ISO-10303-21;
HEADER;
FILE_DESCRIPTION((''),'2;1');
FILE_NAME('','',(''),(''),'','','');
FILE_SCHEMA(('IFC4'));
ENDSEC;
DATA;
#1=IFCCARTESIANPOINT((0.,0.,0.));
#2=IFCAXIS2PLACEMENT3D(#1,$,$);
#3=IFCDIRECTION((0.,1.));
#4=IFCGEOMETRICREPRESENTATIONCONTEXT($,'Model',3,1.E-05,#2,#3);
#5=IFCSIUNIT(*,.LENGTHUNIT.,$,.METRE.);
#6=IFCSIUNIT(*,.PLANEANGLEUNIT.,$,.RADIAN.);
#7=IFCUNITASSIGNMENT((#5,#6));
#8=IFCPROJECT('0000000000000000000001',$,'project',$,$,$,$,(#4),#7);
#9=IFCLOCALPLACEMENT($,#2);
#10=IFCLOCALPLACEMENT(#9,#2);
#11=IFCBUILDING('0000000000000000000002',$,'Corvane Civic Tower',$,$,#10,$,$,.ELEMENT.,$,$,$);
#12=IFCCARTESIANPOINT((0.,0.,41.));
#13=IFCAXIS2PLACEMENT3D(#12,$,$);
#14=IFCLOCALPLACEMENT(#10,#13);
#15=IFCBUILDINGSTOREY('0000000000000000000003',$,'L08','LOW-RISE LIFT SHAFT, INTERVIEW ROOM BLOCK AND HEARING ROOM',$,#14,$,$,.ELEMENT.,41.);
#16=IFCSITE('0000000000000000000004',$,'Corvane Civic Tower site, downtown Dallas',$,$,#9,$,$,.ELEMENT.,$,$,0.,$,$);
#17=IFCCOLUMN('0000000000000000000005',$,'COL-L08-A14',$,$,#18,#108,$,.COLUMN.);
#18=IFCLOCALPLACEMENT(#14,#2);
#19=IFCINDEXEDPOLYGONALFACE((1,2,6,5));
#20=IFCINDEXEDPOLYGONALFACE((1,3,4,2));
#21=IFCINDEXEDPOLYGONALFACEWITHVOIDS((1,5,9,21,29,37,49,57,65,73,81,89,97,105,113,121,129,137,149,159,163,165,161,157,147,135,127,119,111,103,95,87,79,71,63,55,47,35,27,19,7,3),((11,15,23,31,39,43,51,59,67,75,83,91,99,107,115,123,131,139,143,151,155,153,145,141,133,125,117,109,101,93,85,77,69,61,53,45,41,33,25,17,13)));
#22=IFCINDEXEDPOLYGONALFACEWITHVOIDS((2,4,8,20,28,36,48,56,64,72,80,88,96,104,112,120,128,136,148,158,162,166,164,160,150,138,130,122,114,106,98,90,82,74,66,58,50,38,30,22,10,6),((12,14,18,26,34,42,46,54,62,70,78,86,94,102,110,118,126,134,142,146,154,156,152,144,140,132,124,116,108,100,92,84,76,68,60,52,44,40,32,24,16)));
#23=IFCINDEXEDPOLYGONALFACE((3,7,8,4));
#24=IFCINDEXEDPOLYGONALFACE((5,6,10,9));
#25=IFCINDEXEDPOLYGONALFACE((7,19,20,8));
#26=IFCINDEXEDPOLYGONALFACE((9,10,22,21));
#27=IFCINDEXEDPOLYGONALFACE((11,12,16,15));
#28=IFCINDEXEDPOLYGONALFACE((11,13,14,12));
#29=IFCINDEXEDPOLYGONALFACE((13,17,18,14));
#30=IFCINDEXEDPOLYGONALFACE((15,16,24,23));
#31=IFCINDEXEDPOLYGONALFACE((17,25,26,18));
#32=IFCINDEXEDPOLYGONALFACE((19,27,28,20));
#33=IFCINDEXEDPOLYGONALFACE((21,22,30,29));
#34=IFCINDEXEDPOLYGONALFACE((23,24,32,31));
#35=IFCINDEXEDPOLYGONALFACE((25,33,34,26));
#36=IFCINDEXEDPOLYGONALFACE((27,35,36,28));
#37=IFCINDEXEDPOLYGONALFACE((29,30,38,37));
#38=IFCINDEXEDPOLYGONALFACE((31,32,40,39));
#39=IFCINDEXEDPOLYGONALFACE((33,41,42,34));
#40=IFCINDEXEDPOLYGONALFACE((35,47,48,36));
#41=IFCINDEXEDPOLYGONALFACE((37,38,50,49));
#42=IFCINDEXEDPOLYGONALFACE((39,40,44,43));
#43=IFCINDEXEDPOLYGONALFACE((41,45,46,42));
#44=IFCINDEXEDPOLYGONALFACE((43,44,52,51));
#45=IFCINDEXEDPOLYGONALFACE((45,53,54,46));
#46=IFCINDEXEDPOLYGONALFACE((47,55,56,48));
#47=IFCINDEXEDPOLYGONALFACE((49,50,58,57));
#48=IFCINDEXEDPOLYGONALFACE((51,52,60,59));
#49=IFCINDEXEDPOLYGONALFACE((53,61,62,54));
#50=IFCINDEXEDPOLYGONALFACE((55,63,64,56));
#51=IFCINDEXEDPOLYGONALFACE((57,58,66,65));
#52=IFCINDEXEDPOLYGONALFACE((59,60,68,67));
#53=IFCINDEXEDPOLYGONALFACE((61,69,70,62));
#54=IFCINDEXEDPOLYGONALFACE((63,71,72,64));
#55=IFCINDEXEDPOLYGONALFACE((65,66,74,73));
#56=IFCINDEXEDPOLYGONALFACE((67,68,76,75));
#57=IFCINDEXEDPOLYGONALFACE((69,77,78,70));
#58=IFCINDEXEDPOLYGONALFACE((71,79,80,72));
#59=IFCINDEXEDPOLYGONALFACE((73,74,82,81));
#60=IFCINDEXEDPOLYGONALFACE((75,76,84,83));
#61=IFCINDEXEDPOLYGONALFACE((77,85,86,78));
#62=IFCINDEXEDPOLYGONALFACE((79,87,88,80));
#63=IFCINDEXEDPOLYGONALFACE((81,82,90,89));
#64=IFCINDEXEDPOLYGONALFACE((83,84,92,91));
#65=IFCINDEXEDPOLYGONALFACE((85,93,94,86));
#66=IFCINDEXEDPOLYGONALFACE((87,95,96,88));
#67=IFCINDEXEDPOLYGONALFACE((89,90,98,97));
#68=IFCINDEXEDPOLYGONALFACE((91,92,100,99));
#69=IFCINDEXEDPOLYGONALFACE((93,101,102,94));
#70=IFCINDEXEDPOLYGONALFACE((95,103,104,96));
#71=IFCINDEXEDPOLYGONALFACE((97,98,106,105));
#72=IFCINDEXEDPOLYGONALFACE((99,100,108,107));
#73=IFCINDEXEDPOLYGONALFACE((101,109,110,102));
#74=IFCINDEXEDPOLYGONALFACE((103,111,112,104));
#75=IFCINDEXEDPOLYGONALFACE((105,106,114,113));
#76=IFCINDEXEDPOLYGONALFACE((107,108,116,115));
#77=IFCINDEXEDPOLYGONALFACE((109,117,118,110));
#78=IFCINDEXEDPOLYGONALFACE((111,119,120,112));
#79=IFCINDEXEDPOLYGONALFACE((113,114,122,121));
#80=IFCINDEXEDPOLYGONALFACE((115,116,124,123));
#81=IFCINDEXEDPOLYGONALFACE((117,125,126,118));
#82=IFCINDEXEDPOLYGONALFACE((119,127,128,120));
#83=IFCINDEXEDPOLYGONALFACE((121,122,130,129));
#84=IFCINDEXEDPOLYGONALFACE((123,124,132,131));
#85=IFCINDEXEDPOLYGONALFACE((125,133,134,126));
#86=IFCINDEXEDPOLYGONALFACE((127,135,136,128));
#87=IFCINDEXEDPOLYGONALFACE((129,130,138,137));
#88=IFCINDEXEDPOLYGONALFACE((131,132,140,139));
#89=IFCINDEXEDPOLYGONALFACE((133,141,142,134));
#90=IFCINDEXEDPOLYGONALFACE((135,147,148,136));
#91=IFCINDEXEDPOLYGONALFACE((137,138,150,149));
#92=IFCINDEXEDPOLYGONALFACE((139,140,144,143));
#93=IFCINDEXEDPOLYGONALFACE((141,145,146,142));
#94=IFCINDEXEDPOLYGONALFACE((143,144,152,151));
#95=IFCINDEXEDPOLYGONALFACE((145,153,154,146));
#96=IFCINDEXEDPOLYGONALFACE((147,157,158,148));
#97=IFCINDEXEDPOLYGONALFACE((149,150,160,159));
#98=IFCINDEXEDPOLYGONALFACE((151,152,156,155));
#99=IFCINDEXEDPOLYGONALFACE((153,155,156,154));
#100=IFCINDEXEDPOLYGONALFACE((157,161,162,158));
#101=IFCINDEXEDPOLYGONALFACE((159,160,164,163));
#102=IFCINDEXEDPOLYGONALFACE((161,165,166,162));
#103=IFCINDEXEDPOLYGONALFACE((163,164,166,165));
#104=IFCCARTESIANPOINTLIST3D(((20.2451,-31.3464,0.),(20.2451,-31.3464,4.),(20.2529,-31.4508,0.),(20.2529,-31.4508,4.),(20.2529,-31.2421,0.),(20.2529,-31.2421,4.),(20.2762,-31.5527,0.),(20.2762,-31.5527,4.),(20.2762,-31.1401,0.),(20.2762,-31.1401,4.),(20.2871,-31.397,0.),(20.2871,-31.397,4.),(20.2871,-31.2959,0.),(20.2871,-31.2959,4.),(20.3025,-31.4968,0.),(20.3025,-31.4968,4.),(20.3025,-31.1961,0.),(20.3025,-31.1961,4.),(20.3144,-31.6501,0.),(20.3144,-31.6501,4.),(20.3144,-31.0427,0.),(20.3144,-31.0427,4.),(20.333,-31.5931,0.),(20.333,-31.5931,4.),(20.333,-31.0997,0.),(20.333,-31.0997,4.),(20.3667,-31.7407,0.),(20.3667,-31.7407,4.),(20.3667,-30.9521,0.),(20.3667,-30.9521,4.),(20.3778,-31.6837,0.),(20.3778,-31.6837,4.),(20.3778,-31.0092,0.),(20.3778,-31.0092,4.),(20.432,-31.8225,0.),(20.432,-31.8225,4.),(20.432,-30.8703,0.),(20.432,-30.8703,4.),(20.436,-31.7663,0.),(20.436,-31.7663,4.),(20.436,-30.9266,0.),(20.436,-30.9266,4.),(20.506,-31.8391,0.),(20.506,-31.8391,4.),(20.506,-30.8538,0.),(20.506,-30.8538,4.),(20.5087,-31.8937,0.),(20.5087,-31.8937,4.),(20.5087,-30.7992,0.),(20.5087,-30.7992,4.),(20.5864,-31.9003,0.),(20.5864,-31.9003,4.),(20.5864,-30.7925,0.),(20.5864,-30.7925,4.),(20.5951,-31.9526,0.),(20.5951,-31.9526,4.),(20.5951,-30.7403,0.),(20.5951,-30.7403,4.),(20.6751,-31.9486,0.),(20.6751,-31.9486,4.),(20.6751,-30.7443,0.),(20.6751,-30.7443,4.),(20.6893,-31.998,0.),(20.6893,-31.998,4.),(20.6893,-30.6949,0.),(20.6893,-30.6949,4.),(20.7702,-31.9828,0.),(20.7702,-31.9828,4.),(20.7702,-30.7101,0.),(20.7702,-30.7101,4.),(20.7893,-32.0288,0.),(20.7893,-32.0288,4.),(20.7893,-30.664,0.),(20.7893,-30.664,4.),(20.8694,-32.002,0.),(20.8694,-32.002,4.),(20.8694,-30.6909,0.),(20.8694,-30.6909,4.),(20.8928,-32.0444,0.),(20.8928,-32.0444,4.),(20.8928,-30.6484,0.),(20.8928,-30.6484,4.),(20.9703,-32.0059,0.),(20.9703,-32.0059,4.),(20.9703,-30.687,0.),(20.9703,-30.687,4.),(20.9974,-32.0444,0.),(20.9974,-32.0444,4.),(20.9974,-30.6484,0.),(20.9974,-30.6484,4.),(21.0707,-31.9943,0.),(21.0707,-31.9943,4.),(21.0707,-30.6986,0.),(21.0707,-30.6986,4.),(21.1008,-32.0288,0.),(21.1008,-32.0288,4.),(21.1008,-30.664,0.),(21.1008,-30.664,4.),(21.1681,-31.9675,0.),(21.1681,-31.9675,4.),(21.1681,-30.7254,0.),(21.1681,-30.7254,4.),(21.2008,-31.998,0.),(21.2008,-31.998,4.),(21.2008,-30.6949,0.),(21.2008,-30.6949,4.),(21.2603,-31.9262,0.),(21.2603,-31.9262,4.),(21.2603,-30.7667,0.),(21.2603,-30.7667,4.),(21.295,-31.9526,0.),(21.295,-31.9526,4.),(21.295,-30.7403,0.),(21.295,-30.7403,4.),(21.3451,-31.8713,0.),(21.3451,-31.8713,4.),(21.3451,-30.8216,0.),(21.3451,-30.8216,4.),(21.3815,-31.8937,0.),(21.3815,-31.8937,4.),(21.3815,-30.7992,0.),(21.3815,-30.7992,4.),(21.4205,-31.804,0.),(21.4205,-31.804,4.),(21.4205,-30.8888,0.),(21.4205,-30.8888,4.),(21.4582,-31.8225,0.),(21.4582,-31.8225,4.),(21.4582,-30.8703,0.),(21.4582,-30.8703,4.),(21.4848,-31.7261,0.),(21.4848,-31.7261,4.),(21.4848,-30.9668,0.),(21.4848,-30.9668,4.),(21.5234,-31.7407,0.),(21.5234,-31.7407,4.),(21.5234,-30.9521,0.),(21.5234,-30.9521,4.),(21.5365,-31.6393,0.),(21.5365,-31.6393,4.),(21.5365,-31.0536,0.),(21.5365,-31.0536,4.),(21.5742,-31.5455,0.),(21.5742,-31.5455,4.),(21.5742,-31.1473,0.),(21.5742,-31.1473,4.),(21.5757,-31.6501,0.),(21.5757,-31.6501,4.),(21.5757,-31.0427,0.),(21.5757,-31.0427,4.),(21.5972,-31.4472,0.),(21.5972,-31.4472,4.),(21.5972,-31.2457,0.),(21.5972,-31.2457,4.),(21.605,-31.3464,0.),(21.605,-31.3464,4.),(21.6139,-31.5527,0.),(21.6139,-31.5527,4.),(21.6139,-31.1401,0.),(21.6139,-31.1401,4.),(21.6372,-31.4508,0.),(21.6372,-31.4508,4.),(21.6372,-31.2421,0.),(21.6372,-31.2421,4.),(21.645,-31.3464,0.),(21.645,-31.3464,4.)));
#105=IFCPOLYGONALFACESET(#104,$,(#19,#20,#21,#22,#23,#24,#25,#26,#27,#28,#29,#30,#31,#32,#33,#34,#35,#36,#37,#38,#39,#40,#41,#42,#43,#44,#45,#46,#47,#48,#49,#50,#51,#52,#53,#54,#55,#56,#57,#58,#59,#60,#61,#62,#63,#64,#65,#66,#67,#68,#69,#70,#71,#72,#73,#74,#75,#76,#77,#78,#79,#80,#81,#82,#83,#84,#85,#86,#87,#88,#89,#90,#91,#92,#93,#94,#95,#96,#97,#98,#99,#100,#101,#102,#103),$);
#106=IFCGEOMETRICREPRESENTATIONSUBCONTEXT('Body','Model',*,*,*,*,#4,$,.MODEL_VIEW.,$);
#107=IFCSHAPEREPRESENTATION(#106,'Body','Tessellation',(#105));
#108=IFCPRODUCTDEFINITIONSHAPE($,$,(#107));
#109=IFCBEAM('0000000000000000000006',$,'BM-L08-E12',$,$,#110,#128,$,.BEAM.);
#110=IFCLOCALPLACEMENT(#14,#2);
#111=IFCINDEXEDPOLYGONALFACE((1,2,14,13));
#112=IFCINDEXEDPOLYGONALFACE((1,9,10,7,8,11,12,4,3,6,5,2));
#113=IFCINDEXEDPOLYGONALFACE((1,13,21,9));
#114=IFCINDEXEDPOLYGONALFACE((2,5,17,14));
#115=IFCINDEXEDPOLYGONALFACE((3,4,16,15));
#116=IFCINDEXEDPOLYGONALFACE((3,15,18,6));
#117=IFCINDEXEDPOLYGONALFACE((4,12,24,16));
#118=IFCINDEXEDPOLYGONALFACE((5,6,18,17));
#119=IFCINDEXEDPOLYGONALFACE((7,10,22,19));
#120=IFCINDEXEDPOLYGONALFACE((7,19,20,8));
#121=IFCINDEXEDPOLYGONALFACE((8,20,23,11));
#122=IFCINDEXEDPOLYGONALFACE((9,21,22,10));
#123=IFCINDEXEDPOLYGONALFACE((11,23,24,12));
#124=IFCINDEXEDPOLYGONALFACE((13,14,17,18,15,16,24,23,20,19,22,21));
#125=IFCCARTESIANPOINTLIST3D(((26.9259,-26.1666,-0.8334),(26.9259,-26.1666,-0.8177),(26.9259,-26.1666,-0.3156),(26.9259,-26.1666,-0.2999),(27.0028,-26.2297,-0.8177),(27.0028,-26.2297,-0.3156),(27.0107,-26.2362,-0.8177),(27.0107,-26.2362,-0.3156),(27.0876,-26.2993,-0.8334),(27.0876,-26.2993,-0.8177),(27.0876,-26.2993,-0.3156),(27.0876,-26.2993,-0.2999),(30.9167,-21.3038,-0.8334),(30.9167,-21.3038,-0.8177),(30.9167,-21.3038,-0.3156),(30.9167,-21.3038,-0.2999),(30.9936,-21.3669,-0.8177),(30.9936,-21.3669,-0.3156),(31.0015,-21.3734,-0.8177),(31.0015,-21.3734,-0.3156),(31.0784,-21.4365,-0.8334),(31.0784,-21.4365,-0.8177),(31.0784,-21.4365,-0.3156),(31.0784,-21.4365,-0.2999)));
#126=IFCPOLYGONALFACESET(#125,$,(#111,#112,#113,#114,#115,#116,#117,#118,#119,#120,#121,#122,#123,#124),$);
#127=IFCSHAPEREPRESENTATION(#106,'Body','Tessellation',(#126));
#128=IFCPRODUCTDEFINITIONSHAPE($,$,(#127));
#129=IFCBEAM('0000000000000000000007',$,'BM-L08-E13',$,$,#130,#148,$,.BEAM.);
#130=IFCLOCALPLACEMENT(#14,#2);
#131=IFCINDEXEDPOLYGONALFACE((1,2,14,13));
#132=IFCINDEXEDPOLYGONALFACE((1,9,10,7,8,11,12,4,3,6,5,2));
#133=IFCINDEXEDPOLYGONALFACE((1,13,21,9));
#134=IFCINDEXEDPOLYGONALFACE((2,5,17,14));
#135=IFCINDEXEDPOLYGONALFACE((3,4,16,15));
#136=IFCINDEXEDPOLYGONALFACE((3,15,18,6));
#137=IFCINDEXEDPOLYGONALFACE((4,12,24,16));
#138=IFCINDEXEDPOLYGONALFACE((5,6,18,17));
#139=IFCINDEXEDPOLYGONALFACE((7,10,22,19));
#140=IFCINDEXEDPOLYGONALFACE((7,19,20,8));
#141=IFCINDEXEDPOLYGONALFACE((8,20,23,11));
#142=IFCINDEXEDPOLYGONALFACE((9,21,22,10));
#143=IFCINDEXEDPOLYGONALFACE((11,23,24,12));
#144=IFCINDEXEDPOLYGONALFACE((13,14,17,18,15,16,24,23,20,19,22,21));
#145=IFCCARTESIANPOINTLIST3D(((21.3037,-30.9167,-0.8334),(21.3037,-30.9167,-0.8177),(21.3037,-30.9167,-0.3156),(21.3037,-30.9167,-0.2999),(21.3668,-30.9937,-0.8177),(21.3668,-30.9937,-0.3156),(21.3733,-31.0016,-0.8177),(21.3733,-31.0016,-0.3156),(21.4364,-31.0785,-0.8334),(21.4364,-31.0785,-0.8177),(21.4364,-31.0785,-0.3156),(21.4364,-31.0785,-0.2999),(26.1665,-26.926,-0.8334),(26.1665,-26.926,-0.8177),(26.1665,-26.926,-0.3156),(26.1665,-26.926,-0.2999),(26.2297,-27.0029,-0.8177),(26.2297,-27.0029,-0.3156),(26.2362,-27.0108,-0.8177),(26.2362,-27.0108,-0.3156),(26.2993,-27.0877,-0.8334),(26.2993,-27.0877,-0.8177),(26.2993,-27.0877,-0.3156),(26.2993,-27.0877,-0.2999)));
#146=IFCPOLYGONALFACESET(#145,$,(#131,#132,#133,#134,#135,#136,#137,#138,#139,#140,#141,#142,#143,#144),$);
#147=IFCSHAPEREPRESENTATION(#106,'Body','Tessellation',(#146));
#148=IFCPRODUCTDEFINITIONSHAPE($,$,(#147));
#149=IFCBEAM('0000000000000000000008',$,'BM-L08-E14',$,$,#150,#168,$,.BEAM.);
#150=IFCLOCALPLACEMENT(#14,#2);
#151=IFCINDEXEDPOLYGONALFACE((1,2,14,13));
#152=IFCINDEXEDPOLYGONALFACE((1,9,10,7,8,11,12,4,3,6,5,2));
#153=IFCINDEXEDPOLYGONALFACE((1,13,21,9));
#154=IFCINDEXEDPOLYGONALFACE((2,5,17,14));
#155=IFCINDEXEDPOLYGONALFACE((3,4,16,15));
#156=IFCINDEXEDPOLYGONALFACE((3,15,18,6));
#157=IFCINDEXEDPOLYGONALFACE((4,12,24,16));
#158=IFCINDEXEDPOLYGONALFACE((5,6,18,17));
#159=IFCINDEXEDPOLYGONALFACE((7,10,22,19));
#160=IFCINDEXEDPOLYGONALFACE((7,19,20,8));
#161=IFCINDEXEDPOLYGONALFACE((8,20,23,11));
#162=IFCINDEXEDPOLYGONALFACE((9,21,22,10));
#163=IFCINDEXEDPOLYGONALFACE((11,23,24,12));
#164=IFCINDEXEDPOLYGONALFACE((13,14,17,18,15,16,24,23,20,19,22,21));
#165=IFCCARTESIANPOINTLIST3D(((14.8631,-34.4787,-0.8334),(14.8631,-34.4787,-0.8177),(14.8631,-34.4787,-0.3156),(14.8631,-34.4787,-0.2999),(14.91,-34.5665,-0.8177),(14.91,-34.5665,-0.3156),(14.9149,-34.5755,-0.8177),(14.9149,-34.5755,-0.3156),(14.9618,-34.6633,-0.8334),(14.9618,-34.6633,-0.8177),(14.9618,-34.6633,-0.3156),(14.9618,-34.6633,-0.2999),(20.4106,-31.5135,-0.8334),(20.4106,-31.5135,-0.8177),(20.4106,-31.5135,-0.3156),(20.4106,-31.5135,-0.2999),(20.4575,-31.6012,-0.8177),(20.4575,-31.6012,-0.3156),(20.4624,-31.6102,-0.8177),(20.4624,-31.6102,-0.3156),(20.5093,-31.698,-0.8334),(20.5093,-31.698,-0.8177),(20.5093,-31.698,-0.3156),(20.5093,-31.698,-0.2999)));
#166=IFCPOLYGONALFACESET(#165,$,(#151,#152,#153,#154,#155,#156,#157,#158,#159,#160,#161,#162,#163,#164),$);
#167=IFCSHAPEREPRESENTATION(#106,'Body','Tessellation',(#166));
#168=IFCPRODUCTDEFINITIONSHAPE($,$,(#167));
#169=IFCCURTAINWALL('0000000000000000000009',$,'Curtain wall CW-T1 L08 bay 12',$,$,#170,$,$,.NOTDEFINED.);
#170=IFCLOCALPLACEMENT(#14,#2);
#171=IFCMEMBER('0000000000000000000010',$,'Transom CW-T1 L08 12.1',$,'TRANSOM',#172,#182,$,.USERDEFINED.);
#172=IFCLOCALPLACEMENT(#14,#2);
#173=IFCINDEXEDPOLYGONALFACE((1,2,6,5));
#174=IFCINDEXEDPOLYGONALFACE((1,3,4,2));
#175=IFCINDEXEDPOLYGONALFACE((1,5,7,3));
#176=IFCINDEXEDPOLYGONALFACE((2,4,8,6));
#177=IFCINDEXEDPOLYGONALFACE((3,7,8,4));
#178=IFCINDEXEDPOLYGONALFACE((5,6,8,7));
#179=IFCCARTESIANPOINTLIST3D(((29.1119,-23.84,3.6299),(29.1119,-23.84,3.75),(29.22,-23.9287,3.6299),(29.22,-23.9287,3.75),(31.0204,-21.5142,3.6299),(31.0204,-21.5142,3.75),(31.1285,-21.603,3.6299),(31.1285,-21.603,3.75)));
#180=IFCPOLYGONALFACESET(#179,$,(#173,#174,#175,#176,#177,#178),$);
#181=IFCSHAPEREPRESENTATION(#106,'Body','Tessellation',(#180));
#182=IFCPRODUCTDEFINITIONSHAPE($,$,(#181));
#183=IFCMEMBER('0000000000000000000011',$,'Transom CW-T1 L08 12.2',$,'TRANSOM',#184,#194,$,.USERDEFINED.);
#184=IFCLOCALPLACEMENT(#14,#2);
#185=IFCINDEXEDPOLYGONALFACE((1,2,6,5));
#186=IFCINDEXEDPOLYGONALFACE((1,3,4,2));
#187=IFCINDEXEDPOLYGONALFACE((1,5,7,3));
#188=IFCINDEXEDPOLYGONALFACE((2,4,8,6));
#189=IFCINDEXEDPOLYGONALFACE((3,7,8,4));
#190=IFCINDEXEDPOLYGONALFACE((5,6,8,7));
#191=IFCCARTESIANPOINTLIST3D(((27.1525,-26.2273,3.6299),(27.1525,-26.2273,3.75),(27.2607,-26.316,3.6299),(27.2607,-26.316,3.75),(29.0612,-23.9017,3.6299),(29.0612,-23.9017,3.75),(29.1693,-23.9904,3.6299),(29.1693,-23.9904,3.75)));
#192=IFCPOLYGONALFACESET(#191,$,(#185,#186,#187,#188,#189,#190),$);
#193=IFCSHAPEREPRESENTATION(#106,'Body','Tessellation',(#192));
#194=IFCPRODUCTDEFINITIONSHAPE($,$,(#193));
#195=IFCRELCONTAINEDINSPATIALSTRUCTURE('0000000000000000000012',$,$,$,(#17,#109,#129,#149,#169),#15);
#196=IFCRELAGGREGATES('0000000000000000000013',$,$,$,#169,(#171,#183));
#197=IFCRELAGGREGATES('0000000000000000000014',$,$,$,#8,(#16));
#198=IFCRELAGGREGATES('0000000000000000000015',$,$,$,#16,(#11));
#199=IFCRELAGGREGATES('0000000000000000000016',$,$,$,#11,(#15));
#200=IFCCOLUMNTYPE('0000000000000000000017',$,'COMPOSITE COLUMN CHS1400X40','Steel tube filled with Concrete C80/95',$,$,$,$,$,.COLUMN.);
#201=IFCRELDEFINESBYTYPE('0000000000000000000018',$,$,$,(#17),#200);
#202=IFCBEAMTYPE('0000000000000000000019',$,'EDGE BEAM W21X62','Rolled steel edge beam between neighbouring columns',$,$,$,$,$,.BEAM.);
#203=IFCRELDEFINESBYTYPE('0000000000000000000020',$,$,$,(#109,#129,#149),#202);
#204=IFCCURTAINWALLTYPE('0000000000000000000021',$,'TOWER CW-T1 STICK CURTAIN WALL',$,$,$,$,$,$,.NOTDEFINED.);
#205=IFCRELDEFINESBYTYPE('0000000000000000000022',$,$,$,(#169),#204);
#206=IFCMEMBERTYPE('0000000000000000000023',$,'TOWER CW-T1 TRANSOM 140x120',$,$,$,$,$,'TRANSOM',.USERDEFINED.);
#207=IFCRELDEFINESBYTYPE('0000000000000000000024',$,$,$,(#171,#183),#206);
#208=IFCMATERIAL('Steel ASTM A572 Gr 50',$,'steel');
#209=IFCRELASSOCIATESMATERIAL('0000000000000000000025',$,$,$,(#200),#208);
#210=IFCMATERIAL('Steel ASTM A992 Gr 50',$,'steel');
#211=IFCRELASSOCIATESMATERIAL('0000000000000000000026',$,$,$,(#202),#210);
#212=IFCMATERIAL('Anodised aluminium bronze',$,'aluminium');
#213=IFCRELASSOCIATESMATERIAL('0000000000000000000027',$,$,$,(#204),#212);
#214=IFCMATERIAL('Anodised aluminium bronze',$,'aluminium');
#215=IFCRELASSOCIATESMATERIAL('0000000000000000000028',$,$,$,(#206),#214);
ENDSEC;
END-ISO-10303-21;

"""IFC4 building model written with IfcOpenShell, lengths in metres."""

from ifc_helpers import new_model, si_unit, direction, frame, origin, origin_2d, place, context, subcontext, project, spatial, rectangle, hollow_circle, i_section, extrude, material, material_profile, profile_set, type_object, element, aggregate, save


model = new_model("IFC4")

# Units and contexts
model_context = context("Model", 3, precision=1e-05, world=origin(), true_north=direction((0.0, 1.0)))
body_context = subcontext(model_context, "Body", "Model", "MODEL_VIEW")
ifc_project = project(units=[si_unit("LENGTHUNIT", "METRE"), si_unit("PLANEANGLEUNIT", "RADIAN")], contexts=[model_context])

# Site, building, storey
site_placement = place(None, origin())
site = spatial("IfcSite", under=ifc_project, at=site_placement, Name="Corvane Civic Tower site, downtown Dallas", CompositionType="ELEMENT", RefElevation=0.0)
building_placement = place(site_placement, origin())
building = spatial("IfcBuilding", under=site, at=building_placement, Name="Corvane Civic Tower", CompositionType="ELEMENT")
storey_placement = place(building_placement, frame((0.0, 0.0, 41.0)))
storey = spatial("IfcBuildingStorey", under=building, at=storey_placement, Name="L08", Description="LOW-RISE LIFT SHAFT, INTERVIEW ROOM BLOCK AND HEARING ROOM", CompositionType="ELEMENT", Elevation=41.0)

# Column
ifc_material_1 = material(Name="Steel ASTM A572 Gr 50", Category="steel")
ifc_material_profile_1 = material_profile(ifc_material_1, hollow_circle(Radius=0.7, WallThickness=0.04, at=origin_2d()), Name="CHS1400X40")
ifc_profile_set_1 = profile_set([ifc_material_profile_1], Name="Steel ASTM A572 Gr 50")
column_type = type_object("IfcColumnType", Name="COMPOSITE COLUMN CHS1400X40", Description="Steel tube filled with Concrete C80/95", PredefinedType="COLUMN", material=ifc_profile_set_1)
for number, where, z_axis, x_axis, name in (
    (1, (20.9451, -31.3464, 0.0), (0.0, 0.0, 1.0), (1.0, 0.0, 0.0), "COL-L08-A14"),
):
    element("IfcColumn", number, at=place(storey_placement, frame(where, z_axis=z_axis, x_axis=x_axis)), inside=storey, type_object=column_type, Name=name, PredefinedType="COLUMN", context=body_context, shape_type="SweptSolid", body=[
        extrude(hollow_circle(Radius=0.7, WallThickness=0.04, at=origin_2d()), origin(), (0.0, 0.0, 1.0), 4.0),
    ])

# Beams
ifc_material_2 = material(Name="Steel ASTM A992 Gr 50", Category="steel")
ifc_material_profile_2 = material_profile(ifc_material_2, i_section(OverallWidth=0.2092, OverallDepth=0.5334, WebThickness=0.0103, FlangeThickness=0.0156, at=origin_2d()), Name="W21X62")
ifc_profile_set_2 = profile_set([ifc_material_profile_2], Name="Steel ASTM A992 Gr 50")
beam_type = type_object("IfcBeamType", Name="EDGE BEAM W21X62", Description="Rolled steel edge beam between neighbouring columns", PredefinedType="BEAM", material=ifc_profile_set_2)
for number, where, z_axis, x_axis, name in (
    (2, (30.9976, -21.3701, -0.5667), (-0.634387, -0.773016, 0.0), (0.773016, -0.634387, 0.0), "BM-L08-E12"),
    (3, (26.2329, -27.0068, -0.5667), (-0.773016, -0.634387, 0.0), (0.634387, -0.773016, 0.0), "BM-L08-E13"),
):
    element("IfcBeam", number, at=place(storey_placement, frame(where, z_axis=z_axis, x_axis=x_axis)), inside=storey, type_object=beam_type, Name=name, PredefinedType="BEAM", context=body_context, shape_type="SweptSolid", body=[
        extrude(i_section(OverallWidth=0.2092, OverallDepth=0.5334, WebThickness=0.0103, FlangeThickness=0.0156, at=origin_2d()), origin(), (0.0, 0.0, 1.0), 6.2908),
    ])
beam_placement = place(storey_placement, frame((20.46, -31.6057, -0.5667), z_axis=(-0.881916, -0.471406, 0.0), x_axis=(0.471406, -0.881916, 0.0)))
element("IfcBeam", 4, at=beam_placement, inside=storey, type_object=beam_type, Name="BM-L08-E14", PredefinedType="BEAM", context=body_context, shape_type="SweptSolid", body=[
    extrude(i_section(OverallWidth=0.2092, OverallDepth=0.5334, WebThickness=0.0103, FlangeThickness=0.0156, at=origin_2d()), origin(), (0.0, 0.0, 1.0), 6.2903),
])

# Curtain wall, members
ifc_material_3 = material(Name="Anodised aluminium bronze", Category="aluminium")
curtain_wall_type = type_object("IfcCurtainWallType", Name="TOWER CW-T1 STICK CURTAIN WALL", PredefinedType="NOTDEFINED", material=ifc_material_3)
curtain_wall_1_placement = place(storey_placement, origin())
curtain_wall_1 = element("IfcCurtainWall", 5, at=curtain_wall_1_placement, inside=storey, type_object=curtain_wall_type, Name="Curtain wall CW-T1 L08 bay 12", PredefinedType="NOTDEFINED")
ifc_material_4 = material(Name="Anodised aluminium bronze", Category="aluminium")
ifc_material_profile_3 = material_profile(ifc_material_4, rectangle(XDim=0.1399, YDim=0.1201, at=origin_2d()), Name="TOWER CW-T1 TRANSOM 140x120")
ifc_profile_set_3 = profile_set([ifc_material_profile_3], Name="Anodised aluminium bronze")
member_type_1 = type_object("IfcMemberType", Name="TOWER CW-T1 TRANSOM 140x120", ElementType="TRANSOM", PredefinedType="USERDEFINED", material=ifc_profile_set_3)
member_1_placement = place(storey_placement, frame((31.0745, -21.5586, 3.6899), z_axis=(-0.634355, -0.773042, 0.0), x_axis=(0.773042, -0.634355, 0.0)))
member_1 = element("IfcMember", 6, at=member_1_placement, type_object=member_type_1, Name="Transom CW-T1 L08 12.1", ObjectType="TRANSOM", PredefinedType="USERDEFINED", context=body_context, shape_type="SweptSolid", body=[
    extrude(rectangle(XDim=0.1399, YDim=0.1201, at=origin_2d()), origin(), (0.0, 0.0, 1.0), 3.0085),
])
member_2_placement = place(storey_placement, frame((29.1152, -23.946, 3.6899), z_axis=(-0.634404, -0.773002, 0.0), x_axis=(0.773002, -0.634404, 0.0)))
member_2 = element("IfcMember", 7, at=member_2_placement, type_object=member_type_1, Name="Transom CW-T1 L08 12.2", ObjectType="TRANSOM", PredefinedType="USERDEFINED", context=body_context, shape_type="SweptSolid", body=[
    extrude(rectangle(XDim=0.1399, YDim=0.1201, at=origin_2d()), origin(), (0.0, 0.0, 1.0), 3.0085),
])

aggregate(curtain_wall_1, [member_1, member_2])

save(model, "model.ifc")
